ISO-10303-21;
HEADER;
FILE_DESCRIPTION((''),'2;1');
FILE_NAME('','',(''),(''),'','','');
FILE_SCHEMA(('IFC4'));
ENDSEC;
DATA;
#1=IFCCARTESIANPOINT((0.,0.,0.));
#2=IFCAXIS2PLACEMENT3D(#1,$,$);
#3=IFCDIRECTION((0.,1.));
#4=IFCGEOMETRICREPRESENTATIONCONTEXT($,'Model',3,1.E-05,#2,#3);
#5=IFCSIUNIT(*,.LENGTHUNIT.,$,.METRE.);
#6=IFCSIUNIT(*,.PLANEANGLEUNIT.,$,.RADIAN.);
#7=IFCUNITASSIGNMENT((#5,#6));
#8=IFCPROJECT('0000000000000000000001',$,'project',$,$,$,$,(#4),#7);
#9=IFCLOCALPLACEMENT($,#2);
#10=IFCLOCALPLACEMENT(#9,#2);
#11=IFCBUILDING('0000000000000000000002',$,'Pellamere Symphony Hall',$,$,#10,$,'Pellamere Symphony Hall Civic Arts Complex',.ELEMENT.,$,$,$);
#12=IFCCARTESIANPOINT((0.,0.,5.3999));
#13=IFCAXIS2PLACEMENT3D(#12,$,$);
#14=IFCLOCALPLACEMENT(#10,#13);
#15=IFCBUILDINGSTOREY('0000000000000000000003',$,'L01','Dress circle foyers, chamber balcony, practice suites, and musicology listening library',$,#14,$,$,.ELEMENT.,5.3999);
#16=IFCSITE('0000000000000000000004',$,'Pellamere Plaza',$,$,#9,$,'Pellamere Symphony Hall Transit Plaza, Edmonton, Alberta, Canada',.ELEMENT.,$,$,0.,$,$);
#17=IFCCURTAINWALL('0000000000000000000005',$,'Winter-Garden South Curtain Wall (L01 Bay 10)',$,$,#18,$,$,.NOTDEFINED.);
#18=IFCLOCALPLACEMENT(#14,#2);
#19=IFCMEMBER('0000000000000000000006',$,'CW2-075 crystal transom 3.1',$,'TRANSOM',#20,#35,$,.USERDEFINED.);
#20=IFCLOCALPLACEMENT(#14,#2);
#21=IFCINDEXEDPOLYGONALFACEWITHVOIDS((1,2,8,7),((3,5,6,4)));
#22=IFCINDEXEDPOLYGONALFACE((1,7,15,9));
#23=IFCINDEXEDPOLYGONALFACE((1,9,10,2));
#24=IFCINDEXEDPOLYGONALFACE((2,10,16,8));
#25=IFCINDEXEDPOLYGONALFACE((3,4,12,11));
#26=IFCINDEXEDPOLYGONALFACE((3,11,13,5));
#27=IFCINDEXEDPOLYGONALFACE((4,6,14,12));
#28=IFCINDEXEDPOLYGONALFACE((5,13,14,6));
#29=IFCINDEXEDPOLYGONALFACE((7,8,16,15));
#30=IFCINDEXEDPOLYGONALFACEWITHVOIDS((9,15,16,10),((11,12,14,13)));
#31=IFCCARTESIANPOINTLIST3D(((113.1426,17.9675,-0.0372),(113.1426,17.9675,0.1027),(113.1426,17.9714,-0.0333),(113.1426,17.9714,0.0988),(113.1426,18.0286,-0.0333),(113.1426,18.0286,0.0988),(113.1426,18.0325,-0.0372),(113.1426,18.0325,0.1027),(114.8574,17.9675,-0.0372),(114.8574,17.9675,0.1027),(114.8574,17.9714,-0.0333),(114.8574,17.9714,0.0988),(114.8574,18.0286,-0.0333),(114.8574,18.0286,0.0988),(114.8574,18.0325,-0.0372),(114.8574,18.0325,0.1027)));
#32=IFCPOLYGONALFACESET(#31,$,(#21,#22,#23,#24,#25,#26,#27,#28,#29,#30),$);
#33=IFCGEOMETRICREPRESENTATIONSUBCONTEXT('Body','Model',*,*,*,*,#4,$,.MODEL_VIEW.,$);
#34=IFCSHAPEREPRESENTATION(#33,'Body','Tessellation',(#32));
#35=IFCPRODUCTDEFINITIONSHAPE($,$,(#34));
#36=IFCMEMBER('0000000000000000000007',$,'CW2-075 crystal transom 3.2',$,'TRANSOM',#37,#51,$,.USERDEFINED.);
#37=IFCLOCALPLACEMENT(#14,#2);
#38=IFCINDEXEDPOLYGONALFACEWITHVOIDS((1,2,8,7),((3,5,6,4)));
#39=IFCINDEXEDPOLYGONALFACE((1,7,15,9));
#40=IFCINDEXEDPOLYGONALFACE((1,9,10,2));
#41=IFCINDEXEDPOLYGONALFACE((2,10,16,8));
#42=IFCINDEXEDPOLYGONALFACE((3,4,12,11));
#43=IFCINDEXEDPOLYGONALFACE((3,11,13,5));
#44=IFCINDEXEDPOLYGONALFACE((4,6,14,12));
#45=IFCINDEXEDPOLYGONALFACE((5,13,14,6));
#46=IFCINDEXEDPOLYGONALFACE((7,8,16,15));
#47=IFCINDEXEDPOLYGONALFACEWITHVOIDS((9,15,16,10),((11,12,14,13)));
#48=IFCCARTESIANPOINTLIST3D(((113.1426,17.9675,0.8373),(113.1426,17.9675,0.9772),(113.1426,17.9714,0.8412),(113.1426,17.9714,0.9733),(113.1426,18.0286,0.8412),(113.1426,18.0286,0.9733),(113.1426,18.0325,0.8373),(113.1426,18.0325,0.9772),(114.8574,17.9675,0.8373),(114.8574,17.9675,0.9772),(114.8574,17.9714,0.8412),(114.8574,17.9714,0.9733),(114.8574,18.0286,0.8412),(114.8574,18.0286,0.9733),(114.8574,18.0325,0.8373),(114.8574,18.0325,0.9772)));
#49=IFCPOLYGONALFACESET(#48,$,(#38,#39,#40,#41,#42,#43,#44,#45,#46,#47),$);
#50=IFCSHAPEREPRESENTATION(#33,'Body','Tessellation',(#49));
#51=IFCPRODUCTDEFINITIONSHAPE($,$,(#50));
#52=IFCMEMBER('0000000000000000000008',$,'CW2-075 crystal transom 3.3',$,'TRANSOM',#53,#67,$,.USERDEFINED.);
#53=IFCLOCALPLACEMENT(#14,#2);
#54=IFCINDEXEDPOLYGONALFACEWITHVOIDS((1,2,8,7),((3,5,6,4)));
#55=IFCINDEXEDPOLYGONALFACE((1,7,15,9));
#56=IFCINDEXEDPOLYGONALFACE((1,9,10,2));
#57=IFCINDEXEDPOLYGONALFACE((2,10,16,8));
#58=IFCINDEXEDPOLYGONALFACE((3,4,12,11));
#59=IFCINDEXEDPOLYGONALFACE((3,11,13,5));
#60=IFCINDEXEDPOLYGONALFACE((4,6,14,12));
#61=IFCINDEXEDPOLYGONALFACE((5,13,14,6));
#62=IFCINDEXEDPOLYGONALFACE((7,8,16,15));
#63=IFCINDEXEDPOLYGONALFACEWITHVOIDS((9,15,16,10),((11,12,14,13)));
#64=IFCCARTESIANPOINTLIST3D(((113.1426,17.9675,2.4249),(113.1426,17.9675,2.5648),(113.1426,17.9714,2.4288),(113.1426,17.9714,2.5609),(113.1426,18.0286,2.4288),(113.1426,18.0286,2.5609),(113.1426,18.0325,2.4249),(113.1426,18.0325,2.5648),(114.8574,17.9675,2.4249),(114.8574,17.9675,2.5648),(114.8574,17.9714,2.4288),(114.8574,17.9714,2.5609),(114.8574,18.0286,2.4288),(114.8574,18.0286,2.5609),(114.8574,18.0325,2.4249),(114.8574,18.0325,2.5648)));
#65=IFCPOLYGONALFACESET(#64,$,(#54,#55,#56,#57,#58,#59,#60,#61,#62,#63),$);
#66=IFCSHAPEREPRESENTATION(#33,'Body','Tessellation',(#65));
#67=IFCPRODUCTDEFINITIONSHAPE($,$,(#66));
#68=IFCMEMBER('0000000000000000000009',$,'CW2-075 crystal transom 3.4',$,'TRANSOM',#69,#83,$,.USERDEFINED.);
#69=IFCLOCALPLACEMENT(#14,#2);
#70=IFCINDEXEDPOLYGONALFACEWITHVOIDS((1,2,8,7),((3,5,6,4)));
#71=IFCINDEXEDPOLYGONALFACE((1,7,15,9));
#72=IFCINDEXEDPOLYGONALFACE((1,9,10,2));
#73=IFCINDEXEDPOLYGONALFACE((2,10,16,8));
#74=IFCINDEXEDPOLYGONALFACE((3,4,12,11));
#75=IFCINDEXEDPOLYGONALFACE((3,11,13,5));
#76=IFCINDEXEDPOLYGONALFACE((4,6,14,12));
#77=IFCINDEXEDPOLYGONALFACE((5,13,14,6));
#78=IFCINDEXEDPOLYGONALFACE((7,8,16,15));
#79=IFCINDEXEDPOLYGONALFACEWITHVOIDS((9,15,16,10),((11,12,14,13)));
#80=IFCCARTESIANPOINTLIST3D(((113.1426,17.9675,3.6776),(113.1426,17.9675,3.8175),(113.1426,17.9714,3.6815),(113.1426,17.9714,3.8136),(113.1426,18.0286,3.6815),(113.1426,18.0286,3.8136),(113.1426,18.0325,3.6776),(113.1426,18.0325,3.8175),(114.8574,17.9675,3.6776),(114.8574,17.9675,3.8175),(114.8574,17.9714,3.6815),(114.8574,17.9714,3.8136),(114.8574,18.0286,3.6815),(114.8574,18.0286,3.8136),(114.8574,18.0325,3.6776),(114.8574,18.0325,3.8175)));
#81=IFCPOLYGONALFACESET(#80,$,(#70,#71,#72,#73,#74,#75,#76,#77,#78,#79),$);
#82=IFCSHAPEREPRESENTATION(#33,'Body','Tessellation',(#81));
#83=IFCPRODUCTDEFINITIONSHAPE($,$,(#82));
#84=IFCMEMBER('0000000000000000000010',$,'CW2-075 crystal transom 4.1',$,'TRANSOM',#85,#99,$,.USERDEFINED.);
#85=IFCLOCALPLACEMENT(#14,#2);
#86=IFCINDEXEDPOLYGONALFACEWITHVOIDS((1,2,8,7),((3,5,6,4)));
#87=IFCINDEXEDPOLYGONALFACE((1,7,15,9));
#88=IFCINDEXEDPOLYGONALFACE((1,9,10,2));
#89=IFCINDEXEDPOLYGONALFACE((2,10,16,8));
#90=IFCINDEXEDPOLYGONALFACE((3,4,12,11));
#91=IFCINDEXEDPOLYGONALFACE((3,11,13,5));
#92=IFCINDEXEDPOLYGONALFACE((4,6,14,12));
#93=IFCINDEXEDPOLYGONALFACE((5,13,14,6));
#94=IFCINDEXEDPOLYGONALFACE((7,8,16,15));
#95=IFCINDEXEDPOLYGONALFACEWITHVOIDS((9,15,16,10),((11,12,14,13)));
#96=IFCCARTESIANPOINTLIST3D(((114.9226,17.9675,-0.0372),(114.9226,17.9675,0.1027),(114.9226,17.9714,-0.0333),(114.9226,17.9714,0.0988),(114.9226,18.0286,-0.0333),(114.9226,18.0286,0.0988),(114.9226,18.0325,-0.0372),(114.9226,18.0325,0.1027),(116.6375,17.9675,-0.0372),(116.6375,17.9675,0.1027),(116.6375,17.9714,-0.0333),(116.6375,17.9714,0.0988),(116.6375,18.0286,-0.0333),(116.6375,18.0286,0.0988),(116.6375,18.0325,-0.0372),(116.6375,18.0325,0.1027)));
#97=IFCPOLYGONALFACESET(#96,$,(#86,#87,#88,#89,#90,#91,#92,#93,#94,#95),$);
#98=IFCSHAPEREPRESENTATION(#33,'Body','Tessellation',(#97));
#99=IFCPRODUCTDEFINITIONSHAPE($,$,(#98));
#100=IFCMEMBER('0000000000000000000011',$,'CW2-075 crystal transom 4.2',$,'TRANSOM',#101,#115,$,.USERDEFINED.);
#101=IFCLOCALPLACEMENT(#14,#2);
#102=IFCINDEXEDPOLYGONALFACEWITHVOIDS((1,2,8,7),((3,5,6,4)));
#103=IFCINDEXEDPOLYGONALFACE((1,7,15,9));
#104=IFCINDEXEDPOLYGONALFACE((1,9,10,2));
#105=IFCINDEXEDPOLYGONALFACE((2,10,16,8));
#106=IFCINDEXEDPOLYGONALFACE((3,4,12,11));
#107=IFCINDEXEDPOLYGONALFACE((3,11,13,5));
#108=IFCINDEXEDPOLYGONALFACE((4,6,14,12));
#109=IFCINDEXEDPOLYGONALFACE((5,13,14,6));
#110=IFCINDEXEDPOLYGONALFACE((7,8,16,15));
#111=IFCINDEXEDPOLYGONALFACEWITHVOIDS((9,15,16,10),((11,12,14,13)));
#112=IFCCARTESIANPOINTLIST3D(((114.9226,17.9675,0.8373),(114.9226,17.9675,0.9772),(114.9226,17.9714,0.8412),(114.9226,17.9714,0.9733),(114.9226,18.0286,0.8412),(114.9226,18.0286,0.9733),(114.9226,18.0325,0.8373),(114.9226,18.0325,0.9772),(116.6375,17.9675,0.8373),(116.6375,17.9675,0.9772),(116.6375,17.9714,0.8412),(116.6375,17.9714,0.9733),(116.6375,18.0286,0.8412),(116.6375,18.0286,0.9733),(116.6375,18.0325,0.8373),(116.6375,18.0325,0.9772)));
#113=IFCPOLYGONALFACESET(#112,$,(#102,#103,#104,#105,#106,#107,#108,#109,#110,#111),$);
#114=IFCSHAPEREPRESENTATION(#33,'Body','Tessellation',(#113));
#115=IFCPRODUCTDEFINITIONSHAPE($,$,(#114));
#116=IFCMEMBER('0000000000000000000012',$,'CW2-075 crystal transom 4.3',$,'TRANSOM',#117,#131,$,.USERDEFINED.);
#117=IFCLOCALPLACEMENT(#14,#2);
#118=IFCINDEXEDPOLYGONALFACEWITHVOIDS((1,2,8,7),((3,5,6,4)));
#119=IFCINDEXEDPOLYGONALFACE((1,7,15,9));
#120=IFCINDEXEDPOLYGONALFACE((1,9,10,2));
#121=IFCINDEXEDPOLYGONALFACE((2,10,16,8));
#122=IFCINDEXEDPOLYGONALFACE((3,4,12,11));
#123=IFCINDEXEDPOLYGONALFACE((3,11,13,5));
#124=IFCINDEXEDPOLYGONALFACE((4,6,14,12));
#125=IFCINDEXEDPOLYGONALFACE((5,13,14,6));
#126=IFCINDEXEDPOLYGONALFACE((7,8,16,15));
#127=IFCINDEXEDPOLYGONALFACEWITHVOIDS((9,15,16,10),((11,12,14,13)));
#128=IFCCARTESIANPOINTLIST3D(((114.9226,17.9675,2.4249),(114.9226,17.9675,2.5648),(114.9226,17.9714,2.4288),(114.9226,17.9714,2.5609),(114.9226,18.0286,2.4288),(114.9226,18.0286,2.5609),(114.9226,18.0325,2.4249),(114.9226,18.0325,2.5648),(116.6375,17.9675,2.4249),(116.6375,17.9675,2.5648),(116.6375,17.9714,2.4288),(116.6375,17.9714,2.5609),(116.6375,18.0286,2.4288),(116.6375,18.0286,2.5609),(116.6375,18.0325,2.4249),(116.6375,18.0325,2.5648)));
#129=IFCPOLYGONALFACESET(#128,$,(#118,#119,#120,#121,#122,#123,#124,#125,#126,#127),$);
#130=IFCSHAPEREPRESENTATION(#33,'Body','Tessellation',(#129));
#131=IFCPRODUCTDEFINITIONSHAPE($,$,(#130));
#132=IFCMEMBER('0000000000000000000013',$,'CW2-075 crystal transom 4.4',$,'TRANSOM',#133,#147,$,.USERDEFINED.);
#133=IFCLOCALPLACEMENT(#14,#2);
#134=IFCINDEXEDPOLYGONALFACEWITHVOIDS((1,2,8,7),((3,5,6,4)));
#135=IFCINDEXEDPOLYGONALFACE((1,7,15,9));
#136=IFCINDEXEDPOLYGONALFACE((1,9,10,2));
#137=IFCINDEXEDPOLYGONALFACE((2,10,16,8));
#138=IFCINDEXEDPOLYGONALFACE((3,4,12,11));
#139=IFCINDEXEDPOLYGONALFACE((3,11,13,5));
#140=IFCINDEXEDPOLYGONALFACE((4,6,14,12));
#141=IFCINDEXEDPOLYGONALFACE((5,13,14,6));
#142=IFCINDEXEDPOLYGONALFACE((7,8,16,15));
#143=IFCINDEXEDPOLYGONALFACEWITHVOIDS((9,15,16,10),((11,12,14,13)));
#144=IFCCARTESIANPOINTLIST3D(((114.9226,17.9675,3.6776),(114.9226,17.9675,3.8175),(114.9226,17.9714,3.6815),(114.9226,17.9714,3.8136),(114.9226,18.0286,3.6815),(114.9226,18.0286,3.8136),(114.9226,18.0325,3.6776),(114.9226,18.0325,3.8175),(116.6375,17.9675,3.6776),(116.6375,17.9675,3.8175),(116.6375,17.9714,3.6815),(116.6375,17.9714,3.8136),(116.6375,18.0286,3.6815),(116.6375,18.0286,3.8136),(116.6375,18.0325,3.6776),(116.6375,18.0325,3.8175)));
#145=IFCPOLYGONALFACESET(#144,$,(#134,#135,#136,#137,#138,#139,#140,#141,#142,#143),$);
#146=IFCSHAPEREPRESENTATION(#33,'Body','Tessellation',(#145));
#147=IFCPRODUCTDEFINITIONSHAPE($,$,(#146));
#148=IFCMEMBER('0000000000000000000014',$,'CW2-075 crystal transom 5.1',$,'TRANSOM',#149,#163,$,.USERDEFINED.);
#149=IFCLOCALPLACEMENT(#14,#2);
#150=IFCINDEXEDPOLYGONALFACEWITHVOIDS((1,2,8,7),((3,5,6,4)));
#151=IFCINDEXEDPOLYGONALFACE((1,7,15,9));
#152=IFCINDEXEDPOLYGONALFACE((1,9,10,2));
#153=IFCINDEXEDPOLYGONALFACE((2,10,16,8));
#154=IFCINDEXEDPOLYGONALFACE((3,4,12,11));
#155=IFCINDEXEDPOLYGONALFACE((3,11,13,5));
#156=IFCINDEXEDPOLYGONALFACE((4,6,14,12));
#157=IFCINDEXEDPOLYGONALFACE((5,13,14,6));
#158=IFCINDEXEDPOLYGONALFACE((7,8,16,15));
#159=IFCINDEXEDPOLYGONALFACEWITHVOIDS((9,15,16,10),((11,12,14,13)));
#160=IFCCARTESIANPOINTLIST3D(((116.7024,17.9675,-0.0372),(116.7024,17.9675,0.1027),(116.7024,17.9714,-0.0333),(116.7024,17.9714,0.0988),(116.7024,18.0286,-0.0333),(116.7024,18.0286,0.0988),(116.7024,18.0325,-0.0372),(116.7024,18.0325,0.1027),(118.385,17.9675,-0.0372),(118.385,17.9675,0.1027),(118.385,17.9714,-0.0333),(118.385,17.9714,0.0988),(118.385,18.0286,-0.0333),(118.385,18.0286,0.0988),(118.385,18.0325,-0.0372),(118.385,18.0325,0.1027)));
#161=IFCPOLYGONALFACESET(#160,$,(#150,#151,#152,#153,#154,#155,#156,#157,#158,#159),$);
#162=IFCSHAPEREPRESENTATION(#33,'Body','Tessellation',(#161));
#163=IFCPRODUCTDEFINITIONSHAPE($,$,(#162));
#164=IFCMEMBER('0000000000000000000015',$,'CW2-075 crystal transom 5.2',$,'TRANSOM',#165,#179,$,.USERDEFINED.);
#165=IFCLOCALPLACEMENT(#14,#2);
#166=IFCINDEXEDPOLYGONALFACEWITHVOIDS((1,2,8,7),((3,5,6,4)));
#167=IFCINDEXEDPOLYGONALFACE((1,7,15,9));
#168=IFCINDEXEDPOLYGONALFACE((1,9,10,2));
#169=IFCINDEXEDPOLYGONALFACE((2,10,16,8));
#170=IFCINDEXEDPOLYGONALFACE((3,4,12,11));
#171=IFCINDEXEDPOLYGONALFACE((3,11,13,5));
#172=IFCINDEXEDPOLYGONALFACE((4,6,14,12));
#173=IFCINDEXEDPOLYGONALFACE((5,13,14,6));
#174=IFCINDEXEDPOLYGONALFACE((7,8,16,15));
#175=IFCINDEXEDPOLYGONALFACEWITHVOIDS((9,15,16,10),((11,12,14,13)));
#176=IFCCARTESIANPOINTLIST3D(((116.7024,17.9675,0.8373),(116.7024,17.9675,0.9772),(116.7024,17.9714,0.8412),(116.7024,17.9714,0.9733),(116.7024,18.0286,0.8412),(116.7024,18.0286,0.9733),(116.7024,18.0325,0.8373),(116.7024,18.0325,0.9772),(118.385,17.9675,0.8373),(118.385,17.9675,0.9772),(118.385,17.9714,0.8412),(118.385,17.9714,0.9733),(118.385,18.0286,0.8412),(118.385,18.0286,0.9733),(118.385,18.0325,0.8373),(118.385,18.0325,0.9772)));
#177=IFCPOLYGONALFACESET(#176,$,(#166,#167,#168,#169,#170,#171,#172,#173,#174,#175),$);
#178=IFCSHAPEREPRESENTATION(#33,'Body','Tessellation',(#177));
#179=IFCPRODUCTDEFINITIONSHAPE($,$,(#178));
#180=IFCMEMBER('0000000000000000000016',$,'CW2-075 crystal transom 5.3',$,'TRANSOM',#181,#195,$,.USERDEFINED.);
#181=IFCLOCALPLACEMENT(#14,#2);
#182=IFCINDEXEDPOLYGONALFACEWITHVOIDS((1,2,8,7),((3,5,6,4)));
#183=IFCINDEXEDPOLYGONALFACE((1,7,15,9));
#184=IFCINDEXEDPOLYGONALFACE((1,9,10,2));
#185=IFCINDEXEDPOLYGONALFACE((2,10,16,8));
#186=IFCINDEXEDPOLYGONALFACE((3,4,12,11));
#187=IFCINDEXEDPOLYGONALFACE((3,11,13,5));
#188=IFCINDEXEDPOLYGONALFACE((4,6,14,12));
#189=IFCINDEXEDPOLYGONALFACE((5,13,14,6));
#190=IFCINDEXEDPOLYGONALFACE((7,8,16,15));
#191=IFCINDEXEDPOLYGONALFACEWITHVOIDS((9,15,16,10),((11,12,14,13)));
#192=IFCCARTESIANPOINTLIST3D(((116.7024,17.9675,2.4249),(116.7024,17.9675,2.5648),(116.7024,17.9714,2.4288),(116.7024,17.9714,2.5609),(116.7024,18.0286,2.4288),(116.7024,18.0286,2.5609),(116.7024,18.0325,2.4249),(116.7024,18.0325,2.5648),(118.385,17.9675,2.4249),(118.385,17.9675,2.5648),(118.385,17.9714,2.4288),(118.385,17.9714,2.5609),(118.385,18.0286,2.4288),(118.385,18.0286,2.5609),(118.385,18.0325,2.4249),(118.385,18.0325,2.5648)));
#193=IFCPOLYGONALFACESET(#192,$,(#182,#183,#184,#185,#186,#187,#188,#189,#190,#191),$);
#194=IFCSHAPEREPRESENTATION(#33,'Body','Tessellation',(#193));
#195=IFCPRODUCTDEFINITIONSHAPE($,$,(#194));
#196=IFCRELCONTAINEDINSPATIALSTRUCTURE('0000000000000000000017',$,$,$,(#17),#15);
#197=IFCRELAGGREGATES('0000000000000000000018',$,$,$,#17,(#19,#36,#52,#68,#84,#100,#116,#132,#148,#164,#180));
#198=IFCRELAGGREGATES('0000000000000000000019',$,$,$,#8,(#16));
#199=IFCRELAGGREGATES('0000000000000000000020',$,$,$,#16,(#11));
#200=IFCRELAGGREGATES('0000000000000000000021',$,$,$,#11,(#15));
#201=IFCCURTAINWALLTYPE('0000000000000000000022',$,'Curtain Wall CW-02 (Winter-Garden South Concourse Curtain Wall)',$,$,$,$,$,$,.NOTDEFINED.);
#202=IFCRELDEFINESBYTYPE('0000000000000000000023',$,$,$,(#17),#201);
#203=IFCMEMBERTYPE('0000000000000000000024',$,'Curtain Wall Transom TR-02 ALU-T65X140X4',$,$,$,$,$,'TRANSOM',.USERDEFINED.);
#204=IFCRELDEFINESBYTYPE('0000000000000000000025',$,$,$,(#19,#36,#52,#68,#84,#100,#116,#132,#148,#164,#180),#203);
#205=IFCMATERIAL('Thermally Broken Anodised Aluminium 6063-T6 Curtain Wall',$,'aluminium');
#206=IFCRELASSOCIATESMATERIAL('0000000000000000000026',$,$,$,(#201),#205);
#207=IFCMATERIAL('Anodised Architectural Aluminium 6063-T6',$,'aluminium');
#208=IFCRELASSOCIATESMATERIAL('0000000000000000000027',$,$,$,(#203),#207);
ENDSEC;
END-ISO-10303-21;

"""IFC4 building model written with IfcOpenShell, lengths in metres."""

from ifc_helpers import new_model, si_unit, direction, frame, origin, origin_2d, place, context, subcontext, project, spatial, hollow_rectangle, extrude, material, material_profile, profile_set, type_object, element, aggregate, save


model = new_model("IFC4")

# Units and contexts
model_context = context("Model", 3, precision=1e-05, world=origin(), true_north=direction((0.0, 1.0)))
body_context = subcontext(model_context, "Body", "Model", "MODEL_VIEW")
ifc_project = project(units=[si_unit("LENGTHUNIT", "METRE"), si_unit("PLANEANGLEUNIT", "RADIAN")], contexts=[model_context])

# Site, building, storey
site_placement = place(None, origin())
site = spatial("IfcSite", under=ifc_project, at=site_placement, Name="Pellamere Plaza", LongName="Pellamere Symphony Hall Transit Plaza, Edmonton, Alberta, Canada", CompositionType="ELEMENT", RefElevation=0.0)
building_placement = place(site_placement, origin())
building = spatial("IfcBuilding", under=site, at=building_placement, Name="Pellamere Symphony Hall", LongName="Pellamere Symphony Hall Civic Arts Complex", CompositionType="ELEMENT")
storey_placement = place(building_placement, frame((0.0, 0.0, 5.3999)))
storey = spatial("IfcBuildingStorey", under=building, at=storey_placement, Name="L01", Description="Dress circle foyers, chamber balcony, practice suites, and musicology listening library", CompositionType="ELEMENT", Elevation=5.3999)

# Curtain wall
ifc_material_1 = material(Name="Thermally Broken Anodised Aluminium 6063-T6 Curtain Wall", Category="aluminium")
curtain_wall_type = type_object("IfcCurtainWallType", Name="Curtain Wall CW-02 (Winter-Garden South Concourse Curtain Wall)", PredefinedType="NOTDEFINED", material=ifc_material_1)
curtain_wall_1_placement = place(storey_placement, origin())
curtain_wall_1 = element("IfcCurtainWall", 1, at=curtain_wall_1_placement, inside=storey, type_object=curtain_wall_type, Name="Winter-Garden South Curtain Wall (L01 Bay 10)", PredefinedType="NOTDEFINED")
ifc_material_2 = material(Name="Anodised Architectural Aluminium 6063-T6", Category="aluminium")

# Members
ifc_material_profile_1 = material_profile(ifc_material_2, hollow_rectangle(XDim=0.0649, YDim=0.1399, WallThickness=0.0039, at=origin_2d()), Name="ALU-T65X140X4")
ifc_profile_set_1 = profile_set([ifc_material_profile_1], Name="Anodised Architectural Aluminium 6063-T6")
member_type_1 = type_object("IfcMemberType", Name="Curtain Wall Transom TR-02 ALU-T65X140X4", ElementType="TRANSOM", PredefinedType="USERDEFINED", material=ifc_profile_set_1)
member_1_placement = place(storey_placement, frame((113.1426, 18.0, 0.0327), z_axis=(1.0, 0.0, 0.0), x_axis=(0.0, 1.0, 0.0)))
member_1 = element("IfcMember", 2, at=member_1_placement, type_object=member_type_1, Name="CW2-075 crystal transom 3.1", ObjectType="TRANSOM", PredefinedType="USERDEFINED", context=body_context, shape_type="SweptSolid", body=[
    extrude(hollow_rectangle(XDim=0.0649, YDim=0.1399, WallThickness=0.0039, at=origin_2d()), origin(), (0.0, 0.0, 1.0), 1.7148),
])
member_2_placement = place(storey_placement, frame((113.1426, 18.0, 0.9072), z_axis=(1.0, 0.0, 0.0), x_axis=(0.0, 1.0, 0.0)))
member_2 = element("IfcMember", 3, at=member_2_placement, type_object=member_type_1, Name="CW2-075 crystal transom 3.2", ObjectType="TRANSOM", PredefinedType="USERDEFINED", context=body_context, shape_type="SweptSolid", body=[
    extrude(hollow_rectangle(XDim=0.0649, YDim=0.1399, WallThickness=0.0039, at=origin_2d()), origin(), (0.0, 0.0, 1.0), 1.7148),
])
member_3_placement = place(storey_placement, frame((113.1426, 18.0, 2.4949), z_axis=(1.0, 0.0, 0.0), x_axis=(0.0, 1.0, 0.0)))
member_3 = element("IfcMember", 4, at=member_3_placement, type_object=member_type_1, Name="CW2-075 crystal transom 3.3", ObjectType="TRANSOM", PredefinedType="USERDEFINED", context=body_context, shape_type="SweptSolid", body=[
    extrude(hollow_rectangle(XDim=0.0649, YDim=0.1399, WallThickness=0.0039, at=origin_2d()), origin(), (0.0, 0.0, 1.0), 1.7148),
])
member_4_placement = place(storey_placement, frame((113.1426, 18.0, 3.7476), z_axis=(1.0, 0.0, 0.0), x_axis=(0.0, 1.0, 0.0)))
member_4 = element("IfcMember", 5, at=member_4_placement, type_object=member_type_1, Name="CW2-075 crystal transom 3.4", ObjectType="TRANSOM", PredefinedType="USERDEFINED", context=body_context, shape_type="SweptSolid", body=[
    extrude(hollow_rectangle(XDim=0.0649, YDim=0.1399, WallThickness=0.0039, at=origin_2d()), origin(), (0.0, 0.0, 1.0), 1.7148),
])
member_5_placement = place(storey_placement, frame((114.9226, 18.0, 0.0327), z_axis=(1.0, 0.0, 0.0), x_axis=(0.0, 1.0, 0.0)))
member_5 = element("IfcMember", 6, at=member_5_placement, type_object=member_type_1, Name="CW2-075 crystal transom 4.1", ObjectType="TRANSOM", PredefinedType="USERDEFINED", context=body_context, shape_type="SweptSolid", body=[
    extrude(hollow_rectangle(XDim=0.0649, YDim=0.1399, WallThickness=0.0039, at=origin_2d()), origin(), (0.0, 0.0, 1.0), 1.7148),
])
member_6_placement = place(storey_placement, frame((114.9226, 18.0, 0.9072), z_axis=(1.0, 0.0, 0.0), x_axis=(0.0, 1.0, 0.0)))
member_6 = element("IfcMember", 7, at=member_6_placement, type_object=member_type_1, Name="CW2-075 crystal transom 4.2", ObjectType="TRANSOM", PredefinedType="USERDEFINED", context=body_context, shape_type="SweptSolid", body=[
    extrude(hollow_rectangle(XDim=0.0649, YDim=0.1399, WallThickness=0.0039, at=origin_2d()), origin(), (0.0, 0.0, 1.0), 1.7148),
])
member_7_placement = place(storey_placement, frame((114.9226, 18.0, 2.4949), z_axis=(1.0, 0.0, 0.0), x_axis=(0.0, 1.0, 0.0)))
member_7 = element("IfcMember", 8, at=member_7_placement, type_object=member_type_1, Name="CW2-075 crystal transom 4.3", ObjectType="TRANSOM", PredefinedType="USERDEFINED", context=body_context, shape_type="SweptSolid", body=[
    extrude(hollow_rectangle(XDim=0.0649, YDim=0.1399, WallThickness=0.0039, at=origin_2d()), origin(), (0.0, 0.0, 1.0), 1.7148),
])
member_8_placement = place(storey_placement, frame((114.9226, 18.0, 3.7476), z_axis=(1.0, 0.0, 0.0), x_axis=(0.0, 1.0, 0.0)))
member_8 = element("IfcMember", 9, at=member_8_placement, type_object=member_type_1, Name="CW2-075 crystal transom 4.4", ObjectType="TRANSOM", PredefinedType="USERDEFINED", context=body_context, shape_type="SweptSolid", body=[
    extrude(hollow_rectangle(XDim=0.0649, YDim=0.1399, WallThickness=0.0039, at=origin_2d()), origin(), (0.0, 0.0, 1.0), 1.7148),
])
member_9_placement = place(storey_placement, frame((116.7024, 18.0, 0.0327), z_axis=(1.0, 0.0, 0.0), x_axis=(0.0, 1.0, 0.0)))
member_9 = element("IfcMember", 10, at=member_9_placement, type_object=member_type_1, Name="CW2-075 crystal transom 5.1", ObjectType="TRANSOM", PredefinedType="USERDEFINED", context=body_context, shape_type="SweptSolid", body=[
    extrude(hollow_rectangle(XDim=0.0649, YDim=0.1399, WallThickness=0.0039, at=origin_2d()), origin(), (0.0, 0.0, 1.0), 1.6826),
])
member_10_placement = place(storey_placement, frame((116.7024, 18.0, 0.9072), z_axis=(1.0, 0.0, 0.0), x_axis=(0.0, 1.0, 0.0)))
member_10 = element("IfcMember", 11, at=member_10_placement, type_object=member_type_1, Name="CW2-075 crystal transom 5.2", ObjectType="TRANSOM", PredefinedType="USERDEFINED", context=body_context, shape_type="SweptSolid", body=[
    extrude(hollow_rectangle(XDim=0.0649, YDim=0.1399, WallThickness=0.0039, at=origin_2d()), origin(), (0.0, 0.0, 1.0), 1.6826),
])
member_11_placement = place(storey_placement, frame((116.7024, 18.0, 2.4949), z_axis=(1.0, 0.0, 0.0), x_axis=(0.0, 1.0, 0.0)))
member_11 = element("IfcMember", 12, at=member_11_placement, type_object=member_type_1, Name="CW2-075 crystal transom 5.3", ObjectType="TRANSOM", PredefinedType="USERDEFINED", context=body_context, shape_type="SweptSolid", body=[
    extrude(hollow_rectangle(XDim=0.0649, YDim=0.1399, WallThickness=0.0039, at=origin_2d()), origin(), (0.0, 0.0, 1.0), 1.6826),
])

aggregate(curtain_wall_1, [member_1, member_2, member_3, member_4, member_5, member_6, member_7, member_8, member_9, member_10, member_11])

save(model, "model.ifc")
